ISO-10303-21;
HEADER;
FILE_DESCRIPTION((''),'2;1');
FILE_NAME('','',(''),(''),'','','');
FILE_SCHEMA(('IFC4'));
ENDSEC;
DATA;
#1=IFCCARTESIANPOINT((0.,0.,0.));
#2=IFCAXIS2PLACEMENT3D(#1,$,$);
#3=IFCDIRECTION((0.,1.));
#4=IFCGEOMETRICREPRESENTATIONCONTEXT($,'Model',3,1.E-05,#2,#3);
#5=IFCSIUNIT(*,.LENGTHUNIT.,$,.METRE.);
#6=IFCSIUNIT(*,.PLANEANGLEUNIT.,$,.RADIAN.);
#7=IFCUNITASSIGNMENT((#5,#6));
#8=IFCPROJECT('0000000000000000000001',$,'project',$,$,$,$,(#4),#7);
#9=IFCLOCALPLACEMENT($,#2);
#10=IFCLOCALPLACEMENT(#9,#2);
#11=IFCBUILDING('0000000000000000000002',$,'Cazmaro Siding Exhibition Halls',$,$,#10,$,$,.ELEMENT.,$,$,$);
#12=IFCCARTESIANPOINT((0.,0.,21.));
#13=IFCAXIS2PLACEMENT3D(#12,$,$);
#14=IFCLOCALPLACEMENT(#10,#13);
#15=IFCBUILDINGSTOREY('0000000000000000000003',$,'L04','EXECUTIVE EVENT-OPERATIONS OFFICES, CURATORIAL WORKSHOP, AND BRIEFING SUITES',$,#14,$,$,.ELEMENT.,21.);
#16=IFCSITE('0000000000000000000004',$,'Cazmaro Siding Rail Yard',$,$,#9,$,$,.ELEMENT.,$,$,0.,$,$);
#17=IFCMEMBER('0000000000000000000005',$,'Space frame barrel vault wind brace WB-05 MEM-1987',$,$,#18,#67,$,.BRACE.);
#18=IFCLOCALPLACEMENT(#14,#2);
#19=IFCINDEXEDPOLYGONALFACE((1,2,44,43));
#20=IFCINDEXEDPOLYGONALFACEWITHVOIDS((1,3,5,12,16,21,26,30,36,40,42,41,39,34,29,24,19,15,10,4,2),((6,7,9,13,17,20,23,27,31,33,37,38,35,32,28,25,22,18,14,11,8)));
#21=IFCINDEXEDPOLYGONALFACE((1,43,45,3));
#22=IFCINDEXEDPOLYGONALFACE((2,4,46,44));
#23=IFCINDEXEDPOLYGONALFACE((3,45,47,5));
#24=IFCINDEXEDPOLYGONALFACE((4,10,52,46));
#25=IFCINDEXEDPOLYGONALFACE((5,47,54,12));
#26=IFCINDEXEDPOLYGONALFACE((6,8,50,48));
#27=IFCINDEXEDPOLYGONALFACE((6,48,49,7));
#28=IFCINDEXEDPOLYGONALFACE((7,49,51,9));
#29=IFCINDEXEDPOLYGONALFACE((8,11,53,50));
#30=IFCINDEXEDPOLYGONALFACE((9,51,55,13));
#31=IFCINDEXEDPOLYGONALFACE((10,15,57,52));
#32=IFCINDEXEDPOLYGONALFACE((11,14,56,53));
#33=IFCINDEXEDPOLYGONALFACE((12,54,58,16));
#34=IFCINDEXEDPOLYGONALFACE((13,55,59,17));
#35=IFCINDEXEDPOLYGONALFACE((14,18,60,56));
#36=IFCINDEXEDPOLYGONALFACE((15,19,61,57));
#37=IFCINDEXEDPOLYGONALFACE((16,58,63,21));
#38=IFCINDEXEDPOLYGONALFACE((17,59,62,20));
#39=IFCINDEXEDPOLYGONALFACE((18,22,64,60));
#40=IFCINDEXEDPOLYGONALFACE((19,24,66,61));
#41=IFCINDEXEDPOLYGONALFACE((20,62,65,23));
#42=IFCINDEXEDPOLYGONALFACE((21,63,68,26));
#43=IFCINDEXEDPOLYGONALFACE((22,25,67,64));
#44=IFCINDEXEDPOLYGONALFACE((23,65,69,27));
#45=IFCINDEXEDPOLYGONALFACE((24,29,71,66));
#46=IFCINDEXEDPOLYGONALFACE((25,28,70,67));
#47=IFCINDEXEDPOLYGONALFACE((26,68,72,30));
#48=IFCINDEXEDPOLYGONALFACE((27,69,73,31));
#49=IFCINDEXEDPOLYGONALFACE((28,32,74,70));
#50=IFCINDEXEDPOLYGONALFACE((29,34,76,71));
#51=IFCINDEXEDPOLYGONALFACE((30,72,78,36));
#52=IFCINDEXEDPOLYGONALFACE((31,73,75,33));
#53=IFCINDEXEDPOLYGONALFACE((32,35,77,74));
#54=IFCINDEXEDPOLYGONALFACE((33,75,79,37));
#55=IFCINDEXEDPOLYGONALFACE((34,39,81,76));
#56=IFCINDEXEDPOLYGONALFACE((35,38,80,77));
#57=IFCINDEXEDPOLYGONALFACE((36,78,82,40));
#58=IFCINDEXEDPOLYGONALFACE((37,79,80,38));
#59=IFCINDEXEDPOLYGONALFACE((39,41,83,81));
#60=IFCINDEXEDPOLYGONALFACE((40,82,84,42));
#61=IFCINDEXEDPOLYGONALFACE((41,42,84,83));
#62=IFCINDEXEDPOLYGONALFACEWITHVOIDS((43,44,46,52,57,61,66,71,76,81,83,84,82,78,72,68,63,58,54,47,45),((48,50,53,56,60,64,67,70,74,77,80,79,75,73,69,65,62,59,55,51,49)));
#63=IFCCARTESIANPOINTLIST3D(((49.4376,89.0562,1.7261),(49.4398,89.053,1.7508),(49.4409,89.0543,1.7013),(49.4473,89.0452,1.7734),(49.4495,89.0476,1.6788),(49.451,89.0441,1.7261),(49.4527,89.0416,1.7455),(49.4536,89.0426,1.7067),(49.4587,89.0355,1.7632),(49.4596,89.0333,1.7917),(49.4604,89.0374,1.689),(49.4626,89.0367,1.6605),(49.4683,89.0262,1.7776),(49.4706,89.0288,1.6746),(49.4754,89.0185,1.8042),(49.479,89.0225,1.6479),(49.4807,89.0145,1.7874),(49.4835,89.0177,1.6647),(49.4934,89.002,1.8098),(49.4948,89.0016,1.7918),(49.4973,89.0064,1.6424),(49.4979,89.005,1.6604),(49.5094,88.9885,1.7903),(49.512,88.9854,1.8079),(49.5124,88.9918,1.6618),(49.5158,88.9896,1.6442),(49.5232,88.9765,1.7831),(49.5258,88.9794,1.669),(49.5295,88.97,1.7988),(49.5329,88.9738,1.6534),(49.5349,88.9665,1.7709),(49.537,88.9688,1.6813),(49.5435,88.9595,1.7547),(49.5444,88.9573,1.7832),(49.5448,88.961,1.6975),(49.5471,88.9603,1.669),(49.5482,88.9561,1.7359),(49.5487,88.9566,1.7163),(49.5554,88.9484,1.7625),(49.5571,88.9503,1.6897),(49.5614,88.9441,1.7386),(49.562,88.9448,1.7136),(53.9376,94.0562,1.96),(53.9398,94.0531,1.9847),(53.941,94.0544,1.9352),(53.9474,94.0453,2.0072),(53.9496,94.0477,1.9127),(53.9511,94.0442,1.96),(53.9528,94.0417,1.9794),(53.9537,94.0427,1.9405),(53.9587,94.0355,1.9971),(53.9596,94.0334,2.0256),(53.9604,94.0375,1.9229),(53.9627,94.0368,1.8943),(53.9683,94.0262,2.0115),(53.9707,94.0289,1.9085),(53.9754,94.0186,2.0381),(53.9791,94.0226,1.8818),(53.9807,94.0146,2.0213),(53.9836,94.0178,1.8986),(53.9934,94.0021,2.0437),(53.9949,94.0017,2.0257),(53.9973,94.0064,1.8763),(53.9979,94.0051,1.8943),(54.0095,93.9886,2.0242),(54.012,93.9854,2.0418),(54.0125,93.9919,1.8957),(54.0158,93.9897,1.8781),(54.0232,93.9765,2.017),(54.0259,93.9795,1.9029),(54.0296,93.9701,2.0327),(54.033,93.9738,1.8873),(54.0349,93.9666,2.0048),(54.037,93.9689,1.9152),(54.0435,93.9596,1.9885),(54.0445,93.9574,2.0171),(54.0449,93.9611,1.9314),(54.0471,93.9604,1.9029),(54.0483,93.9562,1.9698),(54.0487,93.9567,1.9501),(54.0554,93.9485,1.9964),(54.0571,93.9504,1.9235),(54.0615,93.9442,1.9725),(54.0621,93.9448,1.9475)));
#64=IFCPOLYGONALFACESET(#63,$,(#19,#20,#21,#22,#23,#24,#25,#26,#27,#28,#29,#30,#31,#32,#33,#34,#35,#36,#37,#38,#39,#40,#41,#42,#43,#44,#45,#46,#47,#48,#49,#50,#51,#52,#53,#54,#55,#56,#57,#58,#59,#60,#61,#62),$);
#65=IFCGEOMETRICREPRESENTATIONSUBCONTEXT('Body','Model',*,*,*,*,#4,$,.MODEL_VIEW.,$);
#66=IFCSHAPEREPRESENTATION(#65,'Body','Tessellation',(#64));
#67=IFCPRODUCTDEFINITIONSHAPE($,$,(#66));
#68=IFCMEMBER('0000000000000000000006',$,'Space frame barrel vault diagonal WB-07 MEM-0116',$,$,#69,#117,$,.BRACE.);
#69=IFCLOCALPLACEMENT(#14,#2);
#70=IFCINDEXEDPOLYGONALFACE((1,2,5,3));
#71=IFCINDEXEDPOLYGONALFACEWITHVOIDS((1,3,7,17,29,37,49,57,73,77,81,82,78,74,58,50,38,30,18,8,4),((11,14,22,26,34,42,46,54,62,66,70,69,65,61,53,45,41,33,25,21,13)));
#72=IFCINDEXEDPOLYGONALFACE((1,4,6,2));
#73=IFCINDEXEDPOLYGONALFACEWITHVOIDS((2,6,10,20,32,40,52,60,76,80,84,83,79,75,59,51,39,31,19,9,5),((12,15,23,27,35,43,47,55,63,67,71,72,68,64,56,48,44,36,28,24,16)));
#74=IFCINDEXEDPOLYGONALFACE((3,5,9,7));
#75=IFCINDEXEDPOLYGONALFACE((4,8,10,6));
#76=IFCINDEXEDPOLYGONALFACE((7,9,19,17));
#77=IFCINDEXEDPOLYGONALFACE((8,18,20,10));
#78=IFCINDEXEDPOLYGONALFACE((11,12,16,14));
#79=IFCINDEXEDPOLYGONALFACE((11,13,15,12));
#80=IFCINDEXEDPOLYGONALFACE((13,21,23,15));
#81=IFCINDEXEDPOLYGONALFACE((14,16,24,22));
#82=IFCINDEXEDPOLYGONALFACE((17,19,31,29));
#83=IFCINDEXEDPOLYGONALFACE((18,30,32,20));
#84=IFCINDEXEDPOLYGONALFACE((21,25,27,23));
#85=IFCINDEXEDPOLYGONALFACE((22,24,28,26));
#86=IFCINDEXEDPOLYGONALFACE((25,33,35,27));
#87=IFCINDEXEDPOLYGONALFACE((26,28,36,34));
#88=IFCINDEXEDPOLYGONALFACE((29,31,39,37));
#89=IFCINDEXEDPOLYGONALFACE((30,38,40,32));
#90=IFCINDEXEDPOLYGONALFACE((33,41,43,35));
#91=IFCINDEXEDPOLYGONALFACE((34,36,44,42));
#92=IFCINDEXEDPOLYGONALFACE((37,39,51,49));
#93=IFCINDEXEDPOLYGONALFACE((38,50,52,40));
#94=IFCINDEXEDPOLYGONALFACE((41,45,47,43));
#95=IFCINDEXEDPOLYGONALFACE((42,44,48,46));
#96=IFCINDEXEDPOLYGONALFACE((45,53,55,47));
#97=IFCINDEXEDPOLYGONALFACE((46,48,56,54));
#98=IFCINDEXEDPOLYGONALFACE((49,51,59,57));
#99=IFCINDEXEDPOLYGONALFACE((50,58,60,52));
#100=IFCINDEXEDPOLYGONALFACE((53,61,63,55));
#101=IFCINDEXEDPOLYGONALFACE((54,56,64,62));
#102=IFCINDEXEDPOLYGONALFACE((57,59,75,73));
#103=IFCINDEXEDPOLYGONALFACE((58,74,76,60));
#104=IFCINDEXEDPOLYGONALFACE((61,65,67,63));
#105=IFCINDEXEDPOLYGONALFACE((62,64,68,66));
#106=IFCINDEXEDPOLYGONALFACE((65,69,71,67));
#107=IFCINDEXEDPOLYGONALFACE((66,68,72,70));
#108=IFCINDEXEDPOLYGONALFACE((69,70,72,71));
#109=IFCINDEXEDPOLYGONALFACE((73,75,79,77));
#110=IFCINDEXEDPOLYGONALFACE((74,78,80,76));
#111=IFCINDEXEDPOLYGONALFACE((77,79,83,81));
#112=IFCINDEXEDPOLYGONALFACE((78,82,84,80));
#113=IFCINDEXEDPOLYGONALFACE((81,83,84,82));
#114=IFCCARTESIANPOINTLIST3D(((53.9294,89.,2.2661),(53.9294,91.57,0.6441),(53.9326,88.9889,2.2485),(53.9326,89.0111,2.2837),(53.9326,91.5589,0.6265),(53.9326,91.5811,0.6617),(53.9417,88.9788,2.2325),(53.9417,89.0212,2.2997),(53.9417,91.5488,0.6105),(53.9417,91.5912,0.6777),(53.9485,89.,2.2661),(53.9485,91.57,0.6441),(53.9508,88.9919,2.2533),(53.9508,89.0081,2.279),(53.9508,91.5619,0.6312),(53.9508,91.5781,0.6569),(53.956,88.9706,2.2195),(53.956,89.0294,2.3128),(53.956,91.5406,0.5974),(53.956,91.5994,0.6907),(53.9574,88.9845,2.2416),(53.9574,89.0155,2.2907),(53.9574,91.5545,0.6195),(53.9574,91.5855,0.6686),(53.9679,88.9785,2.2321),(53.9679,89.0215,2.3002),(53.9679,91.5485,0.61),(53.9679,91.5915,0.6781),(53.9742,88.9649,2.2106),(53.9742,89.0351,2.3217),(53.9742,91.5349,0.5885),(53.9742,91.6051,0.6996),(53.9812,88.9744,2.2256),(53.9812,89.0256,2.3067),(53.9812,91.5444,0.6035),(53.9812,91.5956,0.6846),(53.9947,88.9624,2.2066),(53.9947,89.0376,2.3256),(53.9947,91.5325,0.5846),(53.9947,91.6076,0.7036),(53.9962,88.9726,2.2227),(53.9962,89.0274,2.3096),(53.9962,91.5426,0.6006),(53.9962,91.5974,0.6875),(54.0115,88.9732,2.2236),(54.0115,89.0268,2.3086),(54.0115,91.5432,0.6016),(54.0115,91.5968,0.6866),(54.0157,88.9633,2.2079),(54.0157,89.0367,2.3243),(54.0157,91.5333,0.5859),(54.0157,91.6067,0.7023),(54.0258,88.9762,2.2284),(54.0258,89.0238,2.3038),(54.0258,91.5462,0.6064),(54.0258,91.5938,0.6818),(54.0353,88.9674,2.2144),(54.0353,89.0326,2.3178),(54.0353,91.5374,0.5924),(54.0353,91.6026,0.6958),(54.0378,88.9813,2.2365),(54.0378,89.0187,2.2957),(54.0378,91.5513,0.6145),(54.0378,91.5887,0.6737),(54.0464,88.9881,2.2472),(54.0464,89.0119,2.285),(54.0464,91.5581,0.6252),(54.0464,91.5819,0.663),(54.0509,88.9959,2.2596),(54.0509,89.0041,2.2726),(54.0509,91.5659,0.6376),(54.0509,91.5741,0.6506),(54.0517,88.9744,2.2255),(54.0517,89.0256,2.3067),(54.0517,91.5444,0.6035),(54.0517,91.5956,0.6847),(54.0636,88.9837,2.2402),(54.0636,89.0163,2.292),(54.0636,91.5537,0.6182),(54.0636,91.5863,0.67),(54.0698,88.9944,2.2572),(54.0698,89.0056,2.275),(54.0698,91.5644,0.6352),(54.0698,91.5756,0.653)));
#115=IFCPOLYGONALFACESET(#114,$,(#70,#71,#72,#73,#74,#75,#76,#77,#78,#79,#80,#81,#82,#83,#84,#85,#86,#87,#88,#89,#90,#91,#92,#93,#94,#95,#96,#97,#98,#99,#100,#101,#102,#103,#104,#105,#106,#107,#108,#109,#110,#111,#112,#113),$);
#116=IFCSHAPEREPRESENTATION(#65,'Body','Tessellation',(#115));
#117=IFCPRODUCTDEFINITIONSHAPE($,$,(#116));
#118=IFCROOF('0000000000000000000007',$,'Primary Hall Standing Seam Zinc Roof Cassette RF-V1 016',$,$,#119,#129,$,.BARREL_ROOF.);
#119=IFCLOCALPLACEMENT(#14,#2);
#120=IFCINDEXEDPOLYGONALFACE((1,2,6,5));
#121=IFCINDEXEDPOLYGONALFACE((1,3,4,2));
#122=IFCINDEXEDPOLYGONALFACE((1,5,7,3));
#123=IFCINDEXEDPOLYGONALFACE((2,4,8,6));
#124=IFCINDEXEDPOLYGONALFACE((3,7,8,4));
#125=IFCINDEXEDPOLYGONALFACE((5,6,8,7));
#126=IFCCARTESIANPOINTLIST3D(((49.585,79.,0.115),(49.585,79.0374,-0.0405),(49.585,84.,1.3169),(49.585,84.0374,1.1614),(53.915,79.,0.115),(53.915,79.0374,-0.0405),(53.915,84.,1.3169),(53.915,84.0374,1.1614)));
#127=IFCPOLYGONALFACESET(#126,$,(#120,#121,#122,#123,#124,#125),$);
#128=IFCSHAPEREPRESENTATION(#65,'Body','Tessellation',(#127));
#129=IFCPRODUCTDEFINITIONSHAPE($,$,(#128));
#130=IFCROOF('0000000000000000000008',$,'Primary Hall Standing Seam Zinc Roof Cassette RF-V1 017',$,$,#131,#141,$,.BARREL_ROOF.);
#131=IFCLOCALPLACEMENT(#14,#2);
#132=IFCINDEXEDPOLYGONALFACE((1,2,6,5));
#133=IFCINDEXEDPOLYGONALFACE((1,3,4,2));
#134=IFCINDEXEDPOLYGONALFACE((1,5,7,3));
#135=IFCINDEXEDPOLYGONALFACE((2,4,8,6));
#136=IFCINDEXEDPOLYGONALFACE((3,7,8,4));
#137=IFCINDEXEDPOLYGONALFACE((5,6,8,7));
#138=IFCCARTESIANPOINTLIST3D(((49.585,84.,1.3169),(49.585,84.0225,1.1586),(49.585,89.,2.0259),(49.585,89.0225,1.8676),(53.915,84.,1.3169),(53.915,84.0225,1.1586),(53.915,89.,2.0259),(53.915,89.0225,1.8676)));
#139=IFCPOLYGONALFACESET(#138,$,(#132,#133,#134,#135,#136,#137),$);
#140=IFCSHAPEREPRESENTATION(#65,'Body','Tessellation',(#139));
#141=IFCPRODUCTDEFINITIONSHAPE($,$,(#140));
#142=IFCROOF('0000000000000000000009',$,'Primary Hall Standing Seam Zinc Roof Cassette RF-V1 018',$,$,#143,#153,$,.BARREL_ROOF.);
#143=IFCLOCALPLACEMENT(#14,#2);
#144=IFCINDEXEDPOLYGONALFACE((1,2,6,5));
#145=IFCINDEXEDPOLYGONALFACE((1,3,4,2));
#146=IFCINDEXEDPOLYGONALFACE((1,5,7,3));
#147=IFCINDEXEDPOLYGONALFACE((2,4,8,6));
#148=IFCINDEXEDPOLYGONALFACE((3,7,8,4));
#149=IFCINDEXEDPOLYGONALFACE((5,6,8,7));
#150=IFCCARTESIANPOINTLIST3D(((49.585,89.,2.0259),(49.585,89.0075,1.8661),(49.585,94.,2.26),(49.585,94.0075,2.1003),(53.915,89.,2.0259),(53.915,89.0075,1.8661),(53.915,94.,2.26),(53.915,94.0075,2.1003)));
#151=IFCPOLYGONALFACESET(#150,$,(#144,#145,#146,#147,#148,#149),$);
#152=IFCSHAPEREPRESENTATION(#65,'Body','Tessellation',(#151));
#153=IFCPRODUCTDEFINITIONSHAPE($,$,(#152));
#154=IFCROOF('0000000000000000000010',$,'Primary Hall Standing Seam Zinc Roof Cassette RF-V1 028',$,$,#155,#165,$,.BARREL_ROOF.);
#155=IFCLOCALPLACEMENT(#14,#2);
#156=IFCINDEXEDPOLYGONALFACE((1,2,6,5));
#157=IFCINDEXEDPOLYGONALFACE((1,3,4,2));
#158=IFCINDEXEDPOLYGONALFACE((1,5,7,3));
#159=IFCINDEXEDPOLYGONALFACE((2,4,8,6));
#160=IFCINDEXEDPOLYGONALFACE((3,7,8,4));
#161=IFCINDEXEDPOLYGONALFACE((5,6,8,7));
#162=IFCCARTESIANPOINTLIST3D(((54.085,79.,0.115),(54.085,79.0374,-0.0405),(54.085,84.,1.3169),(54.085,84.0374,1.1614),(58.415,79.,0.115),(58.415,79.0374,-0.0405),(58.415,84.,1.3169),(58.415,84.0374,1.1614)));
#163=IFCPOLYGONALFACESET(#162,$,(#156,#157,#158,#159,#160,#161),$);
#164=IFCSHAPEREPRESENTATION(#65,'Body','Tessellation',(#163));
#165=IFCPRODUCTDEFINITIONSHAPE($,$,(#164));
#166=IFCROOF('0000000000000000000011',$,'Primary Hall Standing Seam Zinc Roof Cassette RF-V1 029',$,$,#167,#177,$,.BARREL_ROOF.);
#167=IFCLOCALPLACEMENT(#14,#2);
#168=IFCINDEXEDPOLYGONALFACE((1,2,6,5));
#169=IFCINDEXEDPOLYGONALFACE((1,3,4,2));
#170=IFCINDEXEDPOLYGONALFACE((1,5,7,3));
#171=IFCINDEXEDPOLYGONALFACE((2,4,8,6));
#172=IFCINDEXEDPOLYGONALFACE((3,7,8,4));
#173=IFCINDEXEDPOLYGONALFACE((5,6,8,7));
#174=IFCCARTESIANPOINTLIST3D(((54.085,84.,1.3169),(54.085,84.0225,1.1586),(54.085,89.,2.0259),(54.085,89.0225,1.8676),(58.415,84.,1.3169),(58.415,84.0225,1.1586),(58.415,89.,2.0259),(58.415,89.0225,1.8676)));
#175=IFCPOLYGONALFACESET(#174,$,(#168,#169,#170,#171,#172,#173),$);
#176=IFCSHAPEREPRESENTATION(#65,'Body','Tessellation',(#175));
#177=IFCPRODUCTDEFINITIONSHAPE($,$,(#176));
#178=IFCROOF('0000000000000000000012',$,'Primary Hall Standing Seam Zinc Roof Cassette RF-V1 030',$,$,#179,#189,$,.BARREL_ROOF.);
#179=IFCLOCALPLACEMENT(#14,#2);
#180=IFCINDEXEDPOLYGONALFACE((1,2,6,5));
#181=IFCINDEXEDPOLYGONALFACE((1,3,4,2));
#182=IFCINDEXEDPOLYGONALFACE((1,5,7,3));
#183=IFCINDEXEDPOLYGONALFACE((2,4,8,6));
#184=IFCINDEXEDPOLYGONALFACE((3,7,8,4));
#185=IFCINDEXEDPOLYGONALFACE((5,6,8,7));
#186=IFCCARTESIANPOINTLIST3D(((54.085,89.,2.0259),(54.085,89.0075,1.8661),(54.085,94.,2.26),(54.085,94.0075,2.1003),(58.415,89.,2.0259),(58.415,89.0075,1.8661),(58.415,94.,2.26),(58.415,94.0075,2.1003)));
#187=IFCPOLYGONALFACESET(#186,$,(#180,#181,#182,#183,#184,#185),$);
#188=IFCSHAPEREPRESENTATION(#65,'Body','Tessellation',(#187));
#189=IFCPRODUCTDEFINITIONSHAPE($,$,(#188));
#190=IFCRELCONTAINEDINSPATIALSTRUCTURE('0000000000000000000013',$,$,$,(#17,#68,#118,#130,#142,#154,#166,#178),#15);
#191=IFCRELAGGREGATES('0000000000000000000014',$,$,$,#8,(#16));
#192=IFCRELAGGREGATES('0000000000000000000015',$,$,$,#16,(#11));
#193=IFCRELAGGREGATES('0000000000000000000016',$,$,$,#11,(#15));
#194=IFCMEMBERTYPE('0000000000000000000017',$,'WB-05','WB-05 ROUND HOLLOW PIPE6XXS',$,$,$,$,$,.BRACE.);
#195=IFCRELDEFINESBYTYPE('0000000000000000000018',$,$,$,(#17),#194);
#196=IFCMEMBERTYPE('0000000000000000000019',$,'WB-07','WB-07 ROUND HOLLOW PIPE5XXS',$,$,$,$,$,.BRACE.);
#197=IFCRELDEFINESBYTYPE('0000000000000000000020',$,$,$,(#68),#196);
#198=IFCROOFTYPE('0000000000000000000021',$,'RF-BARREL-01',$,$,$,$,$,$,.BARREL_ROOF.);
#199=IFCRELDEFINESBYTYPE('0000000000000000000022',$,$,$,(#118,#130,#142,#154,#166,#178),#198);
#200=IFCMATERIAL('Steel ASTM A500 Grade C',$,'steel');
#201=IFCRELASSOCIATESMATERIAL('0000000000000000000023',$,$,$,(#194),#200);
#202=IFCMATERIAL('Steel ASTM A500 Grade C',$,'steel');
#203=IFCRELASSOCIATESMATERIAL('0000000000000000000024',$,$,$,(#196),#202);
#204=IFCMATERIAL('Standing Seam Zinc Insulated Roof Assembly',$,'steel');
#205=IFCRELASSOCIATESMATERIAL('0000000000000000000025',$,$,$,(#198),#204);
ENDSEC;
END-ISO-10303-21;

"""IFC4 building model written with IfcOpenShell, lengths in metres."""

from ifc_helpers import new_model, si_unit, direction, frame, origin, origin_2d, place, context, subcontext, project, spatial, polyline, hollow_circle, outline, extrude, material, material_profile, profile_set, type_object, element, save


model = new_model("IFC4")

# Units and contexts
model_context = context("Model", 3, precision=1e-05, world=origin(), true_north=direction((0.0, 1.0)))
body_context = subcontext(model_context, "Body", "Model", "MODEL_VIEW")
ifc_project = project(units=[si_unit("LENGTHUNIT", "METRE"), si_unit("PLANEANGLEUNIT", "RADIAN")], contexts=[model_context])

# Site, building, storey
site_placement = place(None, origin())
site = spatial("IfcSite", under=ifc_project, at=site_placement, Name="Cazmaro Siding Rail Yard", CompositionType="ELEMENT", RefElevation=0.0)
building_placement = place(site_placement, origin())
building = spatial("IfcBuilding", under=site, at=building_placement, Name="Cazmaro Siding Exhibition Halls", CompositionType="ELEMENT")
storey_placement = place(building_placement, frame((0.0, 0.0, 21.0)))
storey = spatial("IfcBuildingStorey", under=building, at=storey_placement, Name="L04", Description="EXECUTIVE EVENT-OPERATIONS OFFICES, CURATORIAL WORKSHOP, AND BRIEFING SUITES", CompositionType="ELEMENT", Elevation=21.0)

# Members
ifc_material_1 = material(Name="Steel ASTM A500 Grade C", Category="steel")
ifc_material_profile_1 = material_profile(ifc_material_1, hollow_circle(Radius=0.084, WallThickness=0.0181, at=origin_2d()), Name="PIPE6XXS")
ifc_profile_set_1 = profile_set([ifc_material_profile_1], Name="Steel ASTM A500 Grade C")
member_type_1 = type_object("IfcMemberType", Name="WB-05", Description="WB-05 ROUND HOLLOW PIPE6XXS", PredefinedType="BRACE", material=ifc_profile_set_1)
member_1_placement = place(storey_placement, frame((49.5, 89.0, 1.7261), z_axis=(0.668561, 0.742845, 0.034748), x_axis=(-0.743294, 0.668965, 0.0)))
element("IfcMember", 1, at=member_1_placement, inside=storey, type_object=member_type_1, Name="Space frame barrel vault wind brace WB-05 MEM-1987", PredefinedType="BRACE", context=body_context, shape_type="SweptSolid", body=[
    extrude(hollow_circle(Radius=0.084, WallThickness=0.0181, at=origin_2d()), origin(), (0.0, 0.0, 1.0), 6.731),
])
ifc_material_2 = material(Name="Steel ASTM A500 Grade C", Category="steel")
ifc_material_profile_2 = material_profile(ifc_material_2, hollow_circle(Radius=0.0706, WallThickness=0.019, at=origin_2d()), Name="PIPE5XXS")
ifc_profile_set_2 = profile_set([ifc_material_profile_2], Name="Steel ASTM A500 Grade C")
member_type_2 = type_object("IfcMemberType", Name="WB-07", Description="WB-07 ROUND HOLLOW PIPE5XXS", PredefinedType="BRACE", material=ifc_profile_set_2)
member_2_placement = place(storey_placement, frame((54.0, 89.0, 2.2661), z_axis=(0.0, 0.845657, -0.533727), x_axis=(-1.0, 0.0, 0.0)))
element("IfcMember", 2, at=member_2_placement, inside=storey, type_object=member_type_2, Name="Space frame barrel vault diagonal WB-07 MEM-0116", PredefinedType="BRACE", context=body_context, shape_type="SweptSolid", body=[
    extrude(hollow_circle(Radius=0.0706, WallThickness=0.019, at=origin_2d()), origin(), (0.0, 0.0, 1.0), 3.0391),
])

# Roofs
ifc_material_3 = material(Name="Standing Seam Zinc Insulated Roof Assembly", Category="steel")
roof_type = type_object("IfcRoofType", Name="RF-BARREL-01", PredefinedType="BARREL_ROOF", material=ifc_material_3)
roof_1_placement = place(storey_placement, frame((49.585, 79.0, 0.115), z_axis=(0.0, -0.233723, 0.972303), x_axis=(1.0, 0.0, 0.0)))
element("IfcRoof", 3, at=roof_1_placement, inside=storey, type_object=roof_type, Name="Primary Hall Standing Seam Zinc Roof Cassette RF-V1 016", PredefinedType="BARREL_ROOF", context=body_context, shape_type="SweptSolid", body=[
    extrude(outline(polyline([(0.0, 0.0), (4.3301, 0.0), (4.3301, 5.1424), (0.0, 5.1424), (0.0, 0.0)])), origin(), (0.0, 0.0, -1.0), 0.1599),
])
roof_2_placement = place(storey_placement, frame((49.585, 84.0, 1.3169), z_axis=(0.0, -0.140393, 0.990096), x_axis=(1.0, 0.0, 0.0)))
element("IfcRoof", 4, at=roof_2_placement, inside=storey, type_object=roof_type, Name="Primary Hall Standing Seam Zinc Roof Cassette RF-V1 017", PredefinedType="BARREL_ROOF", context=body_context, shape_type="SweptSolid", body=[
    extrude(outline(polyline([(0.0, 0.0), (4.3301, 0.0), (4.3301, 5.05), (0.0, 5.05), (0.0, 0.0)])), origin(), (0.0, 0.0, -1.0), 0.1599),
])
roof_3_placement = place(storey_placement, frame((49.585, 89.0, 2.0259), z_axis=(0.0, -0.046775, 0.998905), x_axis=(1.0, 0.0, 0.0)))
element("IfcRoof", 5, at=roof_3_placement, inside=storey, type_object=roof_type, Name="Primary Hall Standing Seam Zinc Roof Cassette RF-V1 018", PredefinedType="BARREL_ROOF", context=body_context, shape_type="SweptSolid", body=[
    extrude(outline(polyline([(0.0, 0.0), (4.3301, 0.0), (4.3301, 5.0055), (0.0, 5.0055), (0.0, 0.0)])), origin(), (0.0, 0.0, -1.0), 0.1599),
])
roof_4_placement = place(storey_placement, frame((54.085, 79.0, 0.115), z_axis=(0.0, -0.233723, 0.972303), x_axis=(1.0, 0.0, 0.0)))
element("IfcRoof", 6, at=roof_4_placement, inside=storey, type_object=roof_type, Name="Primary Hall Standing Seam Zinc Roof Cassette RF-V1 028", PredefinedType="BARREL_ROOF", context=body_context, shape_type="SweptSolid", body=[
    extrude(outline(polyline([(0.0, 0.0), (4.3301, 0.0), (4.3301, 5.1424), (0.0, 5.1424), (0.0, 0.0)])), origin(), (0.0, 0.0, -1.0), 0.1599),
])
roof_5_placement = place(storey_placement, frame((54.085, 84.0, 1.3169), z_axis=(0.0, -0.140393, 0.990096), x_axis=(1.0, 0.0, 0.0)))
element("IfcRoof", 7, at=roof_5_placement, inside=storey, type_object=roof_type, Name="Primary Hall Standing Seam Zinc Roof Cassette RF-V1 029", PredefinedType="BARREL_ROOF", context=body_context, shape_type="SweptSolid", body=[
    extrude(outline(polyline([(0.0, 0.0), (4.3301, 0.0), (4.3301, 5.05), (0.0, 5.05), (0.0, 0.0)])), origin(), (0.0, 0.0, -1.0), 0.1599),
])
roof_6_placement = place(storey_placement, frame((54.085, 89.0, 2.0259), z_axis=(0.0, -0.046775, 0.998905), x_axis=(1.0, 0.0, 0.0)))
element("IfcRoof", 8, at=roof_6_placement, inside=storey, type_object=roof_type, Name="Primary Hall Standing Seam Zinc Roof Cassette RF-V1 030", PredefinedType="BARREL_ROOF", context=body_context, shape_type="SweptSolid", body=[
    extrude(outline(polyline([(0.0, 0.0), (4.3301, 0.0), (4.3301, 5.0055), (0.0, 5.0055), (0.0, 0.0)])), origin(), (0.0, 0.0, -1.0), 0.1599),
])

save(model, "model.ifc")
